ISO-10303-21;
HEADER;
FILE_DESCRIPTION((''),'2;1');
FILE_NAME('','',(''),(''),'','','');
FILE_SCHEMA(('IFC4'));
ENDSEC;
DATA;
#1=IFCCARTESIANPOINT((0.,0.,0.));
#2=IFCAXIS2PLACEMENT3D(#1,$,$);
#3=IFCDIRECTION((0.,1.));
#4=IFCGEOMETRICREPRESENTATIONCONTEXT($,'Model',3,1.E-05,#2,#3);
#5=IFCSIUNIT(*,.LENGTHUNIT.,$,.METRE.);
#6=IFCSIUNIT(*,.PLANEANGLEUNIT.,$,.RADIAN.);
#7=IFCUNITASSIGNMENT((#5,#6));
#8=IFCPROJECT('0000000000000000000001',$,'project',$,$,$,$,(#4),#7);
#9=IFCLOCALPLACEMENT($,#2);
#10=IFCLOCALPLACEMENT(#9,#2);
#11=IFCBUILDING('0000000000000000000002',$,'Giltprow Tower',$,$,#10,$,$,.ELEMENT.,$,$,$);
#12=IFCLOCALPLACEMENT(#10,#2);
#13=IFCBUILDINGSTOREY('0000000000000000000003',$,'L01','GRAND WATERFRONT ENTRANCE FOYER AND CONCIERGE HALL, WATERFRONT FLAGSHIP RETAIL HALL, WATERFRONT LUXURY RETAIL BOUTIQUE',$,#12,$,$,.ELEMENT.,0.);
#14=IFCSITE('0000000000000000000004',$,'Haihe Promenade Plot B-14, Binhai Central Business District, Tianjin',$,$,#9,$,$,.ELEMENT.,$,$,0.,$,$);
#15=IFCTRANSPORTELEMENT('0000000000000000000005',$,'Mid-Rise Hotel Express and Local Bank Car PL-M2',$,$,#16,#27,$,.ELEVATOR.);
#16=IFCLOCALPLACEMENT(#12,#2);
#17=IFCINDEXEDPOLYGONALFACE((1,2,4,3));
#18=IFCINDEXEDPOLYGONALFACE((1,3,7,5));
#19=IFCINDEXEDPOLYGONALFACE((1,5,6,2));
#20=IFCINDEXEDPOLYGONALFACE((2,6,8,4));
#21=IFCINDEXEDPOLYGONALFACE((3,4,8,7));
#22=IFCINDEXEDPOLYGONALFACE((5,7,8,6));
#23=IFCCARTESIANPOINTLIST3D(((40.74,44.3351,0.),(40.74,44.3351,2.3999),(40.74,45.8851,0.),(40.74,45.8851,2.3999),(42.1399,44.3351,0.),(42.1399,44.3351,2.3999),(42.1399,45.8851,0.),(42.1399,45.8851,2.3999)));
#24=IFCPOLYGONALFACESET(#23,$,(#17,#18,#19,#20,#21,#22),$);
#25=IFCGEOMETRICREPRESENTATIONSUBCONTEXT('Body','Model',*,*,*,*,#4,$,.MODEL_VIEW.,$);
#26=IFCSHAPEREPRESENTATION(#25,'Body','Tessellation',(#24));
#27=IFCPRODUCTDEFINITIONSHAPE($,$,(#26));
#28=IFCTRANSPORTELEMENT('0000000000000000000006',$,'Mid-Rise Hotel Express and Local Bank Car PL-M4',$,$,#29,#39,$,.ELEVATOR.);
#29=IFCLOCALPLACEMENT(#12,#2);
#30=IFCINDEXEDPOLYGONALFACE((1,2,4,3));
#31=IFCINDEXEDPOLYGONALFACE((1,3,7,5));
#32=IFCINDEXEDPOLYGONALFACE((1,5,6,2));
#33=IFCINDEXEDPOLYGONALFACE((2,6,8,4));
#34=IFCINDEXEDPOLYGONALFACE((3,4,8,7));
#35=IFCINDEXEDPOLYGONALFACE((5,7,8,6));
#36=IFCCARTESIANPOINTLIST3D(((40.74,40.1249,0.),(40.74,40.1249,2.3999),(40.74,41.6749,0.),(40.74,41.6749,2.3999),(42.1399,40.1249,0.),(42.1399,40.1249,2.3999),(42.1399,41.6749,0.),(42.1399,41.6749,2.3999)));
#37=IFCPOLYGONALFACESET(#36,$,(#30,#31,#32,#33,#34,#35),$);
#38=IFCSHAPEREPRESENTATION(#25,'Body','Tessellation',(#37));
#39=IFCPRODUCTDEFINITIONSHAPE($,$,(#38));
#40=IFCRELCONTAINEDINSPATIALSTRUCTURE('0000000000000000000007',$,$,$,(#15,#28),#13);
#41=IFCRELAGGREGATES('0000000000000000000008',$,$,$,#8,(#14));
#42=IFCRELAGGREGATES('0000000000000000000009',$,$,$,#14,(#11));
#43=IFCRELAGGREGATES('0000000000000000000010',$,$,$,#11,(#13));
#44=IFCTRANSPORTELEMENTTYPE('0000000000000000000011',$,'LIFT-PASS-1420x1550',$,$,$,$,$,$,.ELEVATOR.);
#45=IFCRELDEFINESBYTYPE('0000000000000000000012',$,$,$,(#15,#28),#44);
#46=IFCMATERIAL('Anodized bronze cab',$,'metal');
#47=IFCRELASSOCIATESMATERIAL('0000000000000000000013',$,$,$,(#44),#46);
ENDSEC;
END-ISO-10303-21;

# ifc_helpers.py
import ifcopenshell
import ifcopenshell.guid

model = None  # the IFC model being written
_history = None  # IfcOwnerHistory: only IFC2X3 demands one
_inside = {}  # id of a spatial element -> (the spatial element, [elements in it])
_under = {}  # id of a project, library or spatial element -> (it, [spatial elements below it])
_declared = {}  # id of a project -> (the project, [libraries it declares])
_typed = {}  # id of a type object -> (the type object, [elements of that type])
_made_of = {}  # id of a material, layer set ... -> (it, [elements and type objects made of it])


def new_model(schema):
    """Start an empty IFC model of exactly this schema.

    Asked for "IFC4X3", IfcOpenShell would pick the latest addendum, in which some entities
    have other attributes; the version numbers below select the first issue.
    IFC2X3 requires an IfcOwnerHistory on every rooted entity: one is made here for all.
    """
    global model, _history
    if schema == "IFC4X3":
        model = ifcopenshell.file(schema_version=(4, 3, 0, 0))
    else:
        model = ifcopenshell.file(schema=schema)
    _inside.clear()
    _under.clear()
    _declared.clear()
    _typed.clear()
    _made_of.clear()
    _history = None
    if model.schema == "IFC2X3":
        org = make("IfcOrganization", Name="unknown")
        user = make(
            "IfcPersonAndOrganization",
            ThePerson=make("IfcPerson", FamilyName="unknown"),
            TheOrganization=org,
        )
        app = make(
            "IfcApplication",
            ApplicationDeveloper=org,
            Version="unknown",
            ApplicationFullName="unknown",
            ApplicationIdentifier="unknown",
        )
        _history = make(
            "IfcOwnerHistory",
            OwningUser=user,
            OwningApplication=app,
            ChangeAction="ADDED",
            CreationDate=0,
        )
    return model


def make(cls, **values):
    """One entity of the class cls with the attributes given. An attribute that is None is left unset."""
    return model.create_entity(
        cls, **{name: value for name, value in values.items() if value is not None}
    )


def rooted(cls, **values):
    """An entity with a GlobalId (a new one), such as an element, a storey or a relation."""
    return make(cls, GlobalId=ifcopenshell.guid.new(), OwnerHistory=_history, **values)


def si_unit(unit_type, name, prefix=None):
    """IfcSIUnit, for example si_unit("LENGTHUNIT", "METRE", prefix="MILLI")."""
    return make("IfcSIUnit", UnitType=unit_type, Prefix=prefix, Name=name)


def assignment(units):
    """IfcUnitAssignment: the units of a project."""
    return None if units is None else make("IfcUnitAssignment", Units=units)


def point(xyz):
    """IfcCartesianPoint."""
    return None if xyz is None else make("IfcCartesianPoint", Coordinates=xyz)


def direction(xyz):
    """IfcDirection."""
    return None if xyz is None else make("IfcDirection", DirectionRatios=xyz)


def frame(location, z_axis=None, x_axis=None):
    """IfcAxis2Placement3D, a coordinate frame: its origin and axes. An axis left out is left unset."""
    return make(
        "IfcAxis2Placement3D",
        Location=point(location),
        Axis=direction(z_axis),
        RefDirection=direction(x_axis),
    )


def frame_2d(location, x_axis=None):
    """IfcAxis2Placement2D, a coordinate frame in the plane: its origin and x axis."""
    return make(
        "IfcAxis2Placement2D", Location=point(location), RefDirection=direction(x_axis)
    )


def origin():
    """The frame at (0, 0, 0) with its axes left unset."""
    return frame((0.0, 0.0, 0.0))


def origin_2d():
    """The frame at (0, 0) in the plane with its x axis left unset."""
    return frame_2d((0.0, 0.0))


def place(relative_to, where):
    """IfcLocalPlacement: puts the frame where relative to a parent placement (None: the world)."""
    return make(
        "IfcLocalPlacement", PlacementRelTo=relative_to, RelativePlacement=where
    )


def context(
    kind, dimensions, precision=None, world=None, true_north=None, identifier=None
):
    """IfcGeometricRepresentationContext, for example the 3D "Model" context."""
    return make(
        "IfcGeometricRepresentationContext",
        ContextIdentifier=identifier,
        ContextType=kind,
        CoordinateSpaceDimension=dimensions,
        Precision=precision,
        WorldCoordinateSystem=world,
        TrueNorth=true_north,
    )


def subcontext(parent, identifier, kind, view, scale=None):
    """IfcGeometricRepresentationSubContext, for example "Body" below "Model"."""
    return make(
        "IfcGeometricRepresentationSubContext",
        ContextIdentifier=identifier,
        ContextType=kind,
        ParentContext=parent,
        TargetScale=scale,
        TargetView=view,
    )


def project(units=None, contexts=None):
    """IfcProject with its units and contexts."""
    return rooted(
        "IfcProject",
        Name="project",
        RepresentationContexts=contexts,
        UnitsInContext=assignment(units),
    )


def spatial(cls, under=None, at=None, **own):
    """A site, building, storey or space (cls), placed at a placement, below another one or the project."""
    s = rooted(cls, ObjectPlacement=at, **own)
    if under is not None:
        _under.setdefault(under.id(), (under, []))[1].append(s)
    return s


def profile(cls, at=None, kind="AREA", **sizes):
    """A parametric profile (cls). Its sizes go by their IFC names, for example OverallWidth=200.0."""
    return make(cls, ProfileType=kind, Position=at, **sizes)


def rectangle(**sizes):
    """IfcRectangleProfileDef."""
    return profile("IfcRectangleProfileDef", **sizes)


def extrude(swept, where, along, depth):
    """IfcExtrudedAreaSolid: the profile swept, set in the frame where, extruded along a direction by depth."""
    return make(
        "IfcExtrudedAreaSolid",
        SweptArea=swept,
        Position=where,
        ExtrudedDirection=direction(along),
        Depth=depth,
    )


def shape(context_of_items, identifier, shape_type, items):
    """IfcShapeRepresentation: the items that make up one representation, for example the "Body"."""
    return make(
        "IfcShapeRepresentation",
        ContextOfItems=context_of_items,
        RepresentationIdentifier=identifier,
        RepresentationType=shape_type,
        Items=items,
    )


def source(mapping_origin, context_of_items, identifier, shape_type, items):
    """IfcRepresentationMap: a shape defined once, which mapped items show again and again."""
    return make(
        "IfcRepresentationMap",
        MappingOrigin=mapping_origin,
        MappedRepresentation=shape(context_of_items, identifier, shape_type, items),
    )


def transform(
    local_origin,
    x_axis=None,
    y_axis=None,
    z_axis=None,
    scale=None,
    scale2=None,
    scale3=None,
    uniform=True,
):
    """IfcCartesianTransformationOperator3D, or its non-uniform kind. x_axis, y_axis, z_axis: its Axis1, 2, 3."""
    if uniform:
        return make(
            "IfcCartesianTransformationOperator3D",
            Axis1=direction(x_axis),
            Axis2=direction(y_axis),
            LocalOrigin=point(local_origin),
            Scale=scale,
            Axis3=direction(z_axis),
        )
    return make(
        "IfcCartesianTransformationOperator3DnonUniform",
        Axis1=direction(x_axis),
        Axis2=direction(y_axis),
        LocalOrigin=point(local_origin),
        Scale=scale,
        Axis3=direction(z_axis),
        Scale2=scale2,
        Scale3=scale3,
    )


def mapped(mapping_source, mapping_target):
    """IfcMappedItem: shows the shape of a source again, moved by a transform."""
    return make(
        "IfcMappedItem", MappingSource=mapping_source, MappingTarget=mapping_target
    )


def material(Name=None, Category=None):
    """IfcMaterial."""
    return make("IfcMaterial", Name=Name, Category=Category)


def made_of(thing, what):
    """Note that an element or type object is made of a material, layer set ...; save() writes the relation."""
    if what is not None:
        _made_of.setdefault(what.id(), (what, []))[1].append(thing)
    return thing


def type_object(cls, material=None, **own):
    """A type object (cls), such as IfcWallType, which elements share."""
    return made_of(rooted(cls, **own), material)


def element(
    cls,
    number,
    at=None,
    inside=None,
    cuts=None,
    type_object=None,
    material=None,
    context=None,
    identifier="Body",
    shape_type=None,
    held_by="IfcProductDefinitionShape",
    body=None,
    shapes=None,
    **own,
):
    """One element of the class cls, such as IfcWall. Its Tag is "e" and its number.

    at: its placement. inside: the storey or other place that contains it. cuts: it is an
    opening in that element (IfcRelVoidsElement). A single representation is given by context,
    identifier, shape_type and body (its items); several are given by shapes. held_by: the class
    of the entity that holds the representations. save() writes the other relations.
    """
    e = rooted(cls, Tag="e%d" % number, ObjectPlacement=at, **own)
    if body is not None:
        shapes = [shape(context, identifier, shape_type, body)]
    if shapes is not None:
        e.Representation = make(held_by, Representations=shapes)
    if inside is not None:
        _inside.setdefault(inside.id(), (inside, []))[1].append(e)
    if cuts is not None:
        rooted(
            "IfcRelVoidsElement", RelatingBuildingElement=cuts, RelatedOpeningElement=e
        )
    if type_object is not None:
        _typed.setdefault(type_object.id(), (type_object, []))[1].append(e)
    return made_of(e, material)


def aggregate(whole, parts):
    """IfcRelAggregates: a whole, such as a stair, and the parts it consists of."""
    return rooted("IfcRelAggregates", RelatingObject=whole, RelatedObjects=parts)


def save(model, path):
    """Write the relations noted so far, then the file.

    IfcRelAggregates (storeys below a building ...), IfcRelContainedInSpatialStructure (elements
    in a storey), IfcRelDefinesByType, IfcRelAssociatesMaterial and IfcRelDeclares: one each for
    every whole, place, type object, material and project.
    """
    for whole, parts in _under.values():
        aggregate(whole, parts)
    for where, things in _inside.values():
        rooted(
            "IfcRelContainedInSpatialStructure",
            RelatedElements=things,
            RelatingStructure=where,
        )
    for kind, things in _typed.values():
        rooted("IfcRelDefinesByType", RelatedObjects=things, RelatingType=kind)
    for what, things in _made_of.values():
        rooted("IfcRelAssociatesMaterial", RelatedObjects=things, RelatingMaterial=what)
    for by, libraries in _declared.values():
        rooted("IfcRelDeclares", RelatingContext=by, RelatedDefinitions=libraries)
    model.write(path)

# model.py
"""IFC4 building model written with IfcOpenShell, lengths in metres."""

from ifc_helpers import new_model, si_unit, direction, frame, origin, origin_2d, place, context, subcontext, project, spatial, rectangle, extrude, source, transform, mapped, material, type_object, element, save


model = new_model("IFC4")

# Units and contexts
model_context = context("Model", 3, precision=1e-05, world=origin(), true_north=direction((0.0, 1.0)))
body_context = subcontext(model_context, "Body", "Model", "MODEL_VIEW")
ifc_project = project(units=[si_unit("LENGTHUNIT", "METRE"), si_unit("PLANEANGLEUNIT", "RADIAN")], contexts=[model_context])

# Site, building, storey
site_placement = place(None, origin())
site = spatial("IfcSite", under=ifc_project, at=site_placement, Name="Haihe Promenade Plot B-14, Binhai Central Business District, Tianjin", CompositionType="ELEMENT", RefElevation=0.0)
building_placement = place(site_placement, origin())
building = spatial("IfcBuilding", under=site, at=building_placement, Name="Giltprow Tower", CompositionType="ELEMENT")
storey_placement = place(building_placement, origin())
storey = spatial("IfcBuildingStorey", under=building, at=storey_placement, Name="L01", Description="GRAND WATERFRONT ENTRANCE FOYER AND CONCIERGE HALL, WATERFRONT FLAGSHIP RETAIL HALL, WATERFRONT LUXURY RETAIL BOUTIQUE", CompositionType="ELEMENT", Elevation=0.0)

# Transport elements
ifc_material_1 = material(Name="Anodized bronze cab", Category="metal")
transport_element_type = type_object("IfcTransportElementType", Name="LIFT-PASS-1420x1550", PredefinedType="ELEVATOR", material=ifc_material_1)
shared_shape_1 = source(origin(), body_context, "Body", "SweptSolid", [
    extrude(rectangle(XDim=1.3999, YDim=1.55, at=origin_2d()), origin(), (0.0, 0.0, 1.0), 2.3999),
])
for number, where, z_axis, x_axis, name in (
    (1, (41.4399, 45.1101, 0.0), (0.0, 0.0, 1.0), (1.0, 0.0, 0.0), "Mid-Rise Hotel Express and Local Bank Car PL-M2"),
    (2, (41.4399, 40.8999, 0.0), (0.0, 0.0, 1.0), (1.0, 0.0, 0.0), "Mid-Rise Hotel Express and Local Bank Car PL-M4"),
):
    element("IfcTransportElement", number, at=place(storey_placement, frame(where, z_axis=z_axis, x_axis=x_axis)), inside=storey, type_object=transport_element_type, Name=name, PredefinedType="ELEVATOR", context=body_context, shape_type="MappedRepresentation", body=[
        mapped(shared_shape_1, transform((0.0, 0.0, 0.0), x_axis=(1.0, 0.0, 0.0), y_axis=(0.0, 1.0, 0.0), z_axis=(0.0, 0.0, 1.0), scale=1.0)),
    ])

save(model, "model.ifc")
